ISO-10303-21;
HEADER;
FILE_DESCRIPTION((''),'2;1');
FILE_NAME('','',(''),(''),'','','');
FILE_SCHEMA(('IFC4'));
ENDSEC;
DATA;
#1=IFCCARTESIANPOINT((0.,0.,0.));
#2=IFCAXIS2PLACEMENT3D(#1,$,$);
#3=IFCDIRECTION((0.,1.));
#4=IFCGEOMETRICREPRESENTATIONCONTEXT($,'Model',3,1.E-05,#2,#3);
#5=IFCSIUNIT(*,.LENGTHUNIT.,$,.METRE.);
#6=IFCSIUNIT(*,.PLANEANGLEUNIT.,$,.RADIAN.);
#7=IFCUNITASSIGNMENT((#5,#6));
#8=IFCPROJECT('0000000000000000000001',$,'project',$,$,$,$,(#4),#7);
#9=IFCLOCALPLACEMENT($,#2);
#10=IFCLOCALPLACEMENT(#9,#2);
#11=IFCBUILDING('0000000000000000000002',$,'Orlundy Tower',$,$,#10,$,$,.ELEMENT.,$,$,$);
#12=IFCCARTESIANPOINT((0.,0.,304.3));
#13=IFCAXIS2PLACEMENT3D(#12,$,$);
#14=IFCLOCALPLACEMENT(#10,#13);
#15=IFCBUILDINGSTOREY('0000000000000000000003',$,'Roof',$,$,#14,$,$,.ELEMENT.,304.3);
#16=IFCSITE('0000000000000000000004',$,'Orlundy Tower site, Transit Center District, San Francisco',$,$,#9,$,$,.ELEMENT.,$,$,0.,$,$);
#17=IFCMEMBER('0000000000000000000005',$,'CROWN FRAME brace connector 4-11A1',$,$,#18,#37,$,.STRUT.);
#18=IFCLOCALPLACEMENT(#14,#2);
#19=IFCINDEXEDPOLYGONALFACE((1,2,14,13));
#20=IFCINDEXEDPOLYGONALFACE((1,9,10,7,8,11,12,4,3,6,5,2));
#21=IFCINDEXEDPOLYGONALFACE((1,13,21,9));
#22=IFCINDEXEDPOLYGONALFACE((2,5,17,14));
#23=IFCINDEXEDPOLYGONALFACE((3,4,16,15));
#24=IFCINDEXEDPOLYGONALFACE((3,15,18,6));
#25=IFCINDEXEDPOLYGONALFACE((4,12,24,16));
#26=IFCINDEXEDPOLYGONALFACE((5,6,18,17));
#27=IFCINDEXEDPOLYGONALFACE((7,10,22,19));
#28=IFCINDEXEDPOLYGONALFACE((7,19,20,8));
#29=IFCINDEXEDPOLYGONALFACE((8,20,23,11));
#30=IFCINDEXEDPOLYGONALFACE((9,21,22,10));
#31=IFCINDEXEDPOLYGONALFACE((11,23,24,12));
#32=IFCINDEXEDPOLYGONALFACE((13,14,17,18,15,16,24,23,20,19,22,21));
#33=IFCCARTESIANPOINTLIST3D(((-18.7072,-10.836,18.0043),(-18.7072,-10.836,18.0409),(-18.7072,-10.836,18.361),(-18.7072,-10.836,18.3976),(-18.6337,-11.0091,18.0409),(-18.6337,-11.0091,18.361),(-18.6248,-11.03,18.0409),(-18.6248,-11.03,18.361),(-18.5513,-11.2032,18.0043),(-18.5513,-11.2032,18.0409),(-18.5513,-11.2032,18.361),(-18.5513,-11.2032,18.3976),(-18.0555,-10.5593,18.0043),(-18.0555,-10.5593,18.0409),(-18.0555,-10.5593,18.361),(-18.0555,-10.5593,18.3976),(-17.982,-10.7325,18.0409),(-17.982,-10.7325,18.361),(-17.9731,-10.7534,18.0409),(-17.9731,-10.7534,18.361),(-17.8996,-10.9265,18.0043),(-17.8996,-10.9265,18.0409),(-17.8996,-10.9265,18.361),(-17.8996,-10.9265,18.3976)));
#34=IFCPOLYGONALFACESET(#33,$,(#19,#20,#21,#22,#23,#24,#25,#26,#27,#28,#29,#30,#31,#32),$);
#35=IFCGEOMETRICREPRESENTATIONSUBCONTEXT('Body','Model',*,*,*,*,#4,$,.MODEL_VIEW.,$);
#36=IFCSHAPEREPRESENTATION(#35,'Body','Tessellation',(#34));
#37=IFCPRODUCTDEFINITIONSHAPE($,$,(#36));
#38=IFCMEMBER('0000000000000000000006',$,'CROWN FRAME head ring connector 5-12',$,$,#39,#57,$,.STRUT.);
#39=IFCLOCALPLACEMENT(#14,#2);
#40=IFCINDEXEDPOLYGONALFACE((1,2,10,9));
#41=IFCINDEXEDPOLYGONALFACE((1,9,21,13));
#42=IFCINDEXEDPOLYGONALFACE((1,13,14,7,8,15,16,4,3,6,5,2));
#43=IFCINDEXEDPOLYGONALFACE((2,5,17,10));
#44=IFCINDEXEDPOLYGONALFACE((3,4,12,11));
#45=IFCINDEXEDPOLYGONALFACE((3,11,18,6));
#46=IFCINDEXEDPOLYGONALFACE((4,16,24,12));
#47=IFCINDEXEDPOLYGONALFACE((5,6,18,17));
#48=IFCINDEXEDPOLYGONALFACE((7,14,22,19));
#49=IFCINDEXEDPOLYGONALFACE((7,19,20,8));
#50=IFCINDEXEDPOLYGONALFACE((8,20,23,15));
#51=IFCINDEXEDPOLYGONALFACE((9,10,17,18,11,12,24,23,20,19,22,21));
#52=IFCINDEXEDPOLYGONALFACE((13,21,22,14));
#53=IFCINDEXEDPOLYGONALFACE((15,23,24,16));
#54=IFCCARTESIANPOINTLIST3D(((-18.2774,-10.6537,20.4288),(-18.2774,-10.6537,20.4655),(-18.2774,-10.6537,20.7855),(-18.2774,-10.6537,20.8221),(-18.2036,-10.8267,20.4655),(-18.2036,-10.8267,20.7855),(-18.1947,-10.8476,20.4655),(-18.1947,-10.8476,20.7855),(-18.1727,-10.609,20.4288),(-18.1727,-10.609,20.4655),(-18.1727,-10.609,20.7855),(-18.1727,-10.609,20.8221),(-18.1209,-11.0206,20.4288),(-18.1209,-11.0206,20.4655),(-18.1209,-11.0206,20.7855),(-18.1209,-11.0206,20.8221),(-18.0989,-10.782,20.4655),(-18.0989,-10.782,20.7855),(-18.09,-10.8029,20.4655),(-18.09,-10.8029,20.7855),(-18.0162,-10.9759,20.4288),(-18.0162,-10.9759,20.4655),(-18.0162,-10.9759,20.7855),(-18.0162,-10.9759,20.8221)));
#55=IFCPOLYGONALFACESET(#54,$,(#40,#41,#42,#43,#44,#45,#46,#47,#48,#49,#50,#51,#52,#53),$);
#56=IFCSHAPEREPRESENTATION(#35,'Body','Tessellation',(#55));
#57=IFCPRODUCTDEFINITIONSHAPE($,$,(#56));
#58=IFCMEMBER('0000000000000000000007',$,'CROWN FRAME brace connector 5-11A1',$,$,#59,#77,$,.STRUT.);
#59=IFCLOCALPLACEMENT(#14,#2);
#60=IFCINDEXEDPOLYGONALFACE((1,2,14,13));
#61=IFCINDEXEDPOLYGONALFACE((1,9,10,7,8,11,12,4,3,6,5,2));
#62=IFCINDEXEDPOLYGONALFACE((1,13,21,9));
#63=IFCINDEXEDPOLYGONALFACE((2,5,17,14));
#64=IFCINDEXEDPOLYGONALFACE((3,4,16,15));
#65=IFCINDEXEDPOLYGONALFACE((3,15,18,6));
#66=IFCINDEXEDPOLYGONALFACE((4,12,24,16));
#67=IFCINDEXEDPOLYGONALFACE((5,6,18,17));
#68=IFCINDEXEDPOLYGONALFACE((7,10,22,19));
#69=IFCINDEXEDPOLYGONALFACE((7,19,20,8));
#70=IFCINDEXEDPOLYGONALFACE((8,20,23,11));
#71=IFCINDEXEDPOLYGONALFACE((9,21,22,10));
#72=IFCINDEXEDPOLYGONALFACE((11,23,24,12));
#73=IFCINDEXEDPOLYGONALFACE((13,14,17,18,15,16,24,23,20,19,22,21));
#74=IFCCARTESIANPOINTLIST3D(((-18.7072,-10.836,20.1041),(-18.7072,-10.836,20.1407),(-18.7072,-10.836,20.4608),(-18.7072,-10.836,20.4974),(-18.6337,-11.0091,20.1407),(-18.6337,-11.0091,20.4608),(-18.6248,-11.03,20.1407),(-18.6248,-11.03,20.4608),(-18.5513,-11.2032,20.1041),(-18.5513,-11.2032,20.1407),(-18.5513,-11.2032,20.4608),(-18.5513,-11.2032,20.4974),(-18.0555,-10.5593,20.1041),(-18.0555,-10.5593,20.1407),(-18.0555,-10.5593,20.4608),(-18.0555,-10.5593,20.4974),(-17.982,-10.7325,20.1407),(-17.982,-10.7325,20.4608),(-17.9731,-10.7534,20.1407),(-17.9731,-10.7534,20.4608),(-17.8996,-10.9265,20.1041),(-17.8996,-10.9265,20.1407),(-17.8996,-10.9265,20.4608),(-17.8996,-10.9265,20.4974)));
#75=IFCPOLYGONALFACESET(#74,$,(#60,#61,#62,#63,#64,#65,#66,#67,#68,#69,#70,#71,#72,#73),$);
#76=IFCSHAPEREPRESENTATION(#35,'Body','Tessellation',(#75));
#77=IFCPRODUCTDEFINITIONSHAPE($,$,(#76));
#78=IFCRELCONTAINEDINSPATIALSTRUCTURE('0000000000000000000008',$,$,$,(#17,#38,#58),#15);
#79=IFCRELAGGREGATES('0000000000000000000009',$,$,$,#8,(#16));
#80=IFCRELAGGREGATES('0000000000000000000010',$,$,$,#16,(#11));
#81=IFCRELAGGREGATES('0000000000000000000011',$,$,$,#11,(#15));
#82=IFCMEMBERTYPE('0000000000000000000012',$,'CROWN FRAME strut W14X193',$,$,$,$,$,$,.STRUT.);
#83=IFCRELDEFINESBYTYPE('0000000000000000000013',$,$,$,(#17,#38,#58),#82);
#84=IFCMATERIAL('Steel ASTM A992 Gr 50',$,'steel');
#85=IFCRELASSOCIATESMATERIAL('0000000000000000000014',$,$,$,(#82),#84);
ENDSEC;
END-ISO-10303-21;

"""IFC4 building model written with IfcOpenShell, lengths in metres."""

from ifc_helpers import new_model, si_unit, direction, frame, origin, origin_2d, place, context, subcontext, project, spatial, i_section, extrude, material, material_profile, profile_set, type_object, element, save


model = new_model("IFC4")

# Units and contexts
model_context = context("Model", 3, precision=1e-05, world=origin(), true_north=direction((0.0, 1.0)))
body_context = subcontext(model_context, "Body", "Model", "MODEL_VIEW")
ifc_project = project(units=[si_unit("LENGTHUNIT", "METRE"), si_unit("PLANEANGLEUNIT", "RADIAN")], contexts=[model_context])

# Site, building, storey
site_placement = place(None, origin())
site = spatial("IfcSite", under=ifc_project, at=site_placement, Name="Orlundy Tower site, Transit Center District, San Francisco", CompositionType="ELEMENT", RefElevation=0.0)
building_placement = place(site_placement, origin())
building = spatial("IfcBuilding", under=site, at=building_placement, Name="Orlundy Tower", CompositionType="ELEMENT")
storey_placement = place(building_placement, frame((0.0, 0.0, 304.3)))
storey = spatial("IfcBuildingStorey", under=building, at=storey_placement, Name="Roof", CompositionType="ELEMENT", Elevation=304.3)

# Members
ifc_material_1 = material(Name="Steel ASTM A992 Gr 50", Category="steel")
ifc_material_profile_1 = material_profile(ifc_material_1, i_section(OverallWidth=0.3989, OverallDepth=0.3933, WebThickness=0.0227, FlangeThickness=0.0366, at=origin_2d()), Name="W14X193")
ifc_profile_set_1 = profile_set([ifc_material_profile_1], Name="Steel ASTM A992 Gr 50")
member_type = type_object("IfcMemberType", Name="CROWN FRAME strut W14X193", PredefinedType="STRUT", material=ifc_profile_set_1)
member_1_placement = place(storey_placement, frame((-17.9775, -10.7429, 18.2009), z_axis=(-0.920495, -0.390754, 0.0), x_axis=(0.390754, -0.920495, 0.0)))
element("IfcMember", 1, at=member_1_placement, inside=storey, type_object=member_type, Name="CROWN FRAME brace connector 4-11A1", PredefinedType="STRUT", context=body_context, shape_type="SweptSolid", body=[
    extrude(i_section(OverallWidth=0.3989, OverallDepth=0.3933, WebThickness=0.0227, FlangeThickness=0.0366, at=origin_2d()), origin(), (0.0, 0.0, 1.0), 0.708),
])
member_2_placement = place(storey_placement, frame((-18.0945, -10.7925, 20.6255), z_axis=(-0.919809, -0.392366, 0.0), x_axis=(0.392366, -0.919809, 0.0)))
element("IfcMember", 2, at=member_2_placement, inside=storey, type_object=member_type, Name="CROWN FRAME head ring connector 5-12", PredefinedType="STRUT", context=body_context, shape_type="SweptSolid", body=[
    extrude(i_section(OverallWidth=0.3989, OverallDepth=0.3933, WebThickness=0.0227, FlangeThickness=0.0366, at=origin_2d()), origin(), (0.0, 0.0, 1.0), 0.1138),
])
member_3_placement = place(storey_placement, frame((-17.9775, -10.7429, 20.3008), z_axis=(-0.920495, -0.390754, 0.0), x_axis=(0.390754, -0.920495, 0.0)))
element("IfcMember", 3, at=member_3_placement, inside=storey, type_object=member_type, Name="CROWN FRAME brace connector 5-11A1", PredefinedType="STRUT", context=body_context, shape_type="SweptSolid", body=[
    extrude(i_section(OverallWidth=0.3989, OverallDepth=0.3933, WebThickness=0.0227, FlangeThickness=0.0366, at=origin_2d()), origin(), (0.0, 0.0, 1.0), 0.708),
])

save(model, "model.ifc")
